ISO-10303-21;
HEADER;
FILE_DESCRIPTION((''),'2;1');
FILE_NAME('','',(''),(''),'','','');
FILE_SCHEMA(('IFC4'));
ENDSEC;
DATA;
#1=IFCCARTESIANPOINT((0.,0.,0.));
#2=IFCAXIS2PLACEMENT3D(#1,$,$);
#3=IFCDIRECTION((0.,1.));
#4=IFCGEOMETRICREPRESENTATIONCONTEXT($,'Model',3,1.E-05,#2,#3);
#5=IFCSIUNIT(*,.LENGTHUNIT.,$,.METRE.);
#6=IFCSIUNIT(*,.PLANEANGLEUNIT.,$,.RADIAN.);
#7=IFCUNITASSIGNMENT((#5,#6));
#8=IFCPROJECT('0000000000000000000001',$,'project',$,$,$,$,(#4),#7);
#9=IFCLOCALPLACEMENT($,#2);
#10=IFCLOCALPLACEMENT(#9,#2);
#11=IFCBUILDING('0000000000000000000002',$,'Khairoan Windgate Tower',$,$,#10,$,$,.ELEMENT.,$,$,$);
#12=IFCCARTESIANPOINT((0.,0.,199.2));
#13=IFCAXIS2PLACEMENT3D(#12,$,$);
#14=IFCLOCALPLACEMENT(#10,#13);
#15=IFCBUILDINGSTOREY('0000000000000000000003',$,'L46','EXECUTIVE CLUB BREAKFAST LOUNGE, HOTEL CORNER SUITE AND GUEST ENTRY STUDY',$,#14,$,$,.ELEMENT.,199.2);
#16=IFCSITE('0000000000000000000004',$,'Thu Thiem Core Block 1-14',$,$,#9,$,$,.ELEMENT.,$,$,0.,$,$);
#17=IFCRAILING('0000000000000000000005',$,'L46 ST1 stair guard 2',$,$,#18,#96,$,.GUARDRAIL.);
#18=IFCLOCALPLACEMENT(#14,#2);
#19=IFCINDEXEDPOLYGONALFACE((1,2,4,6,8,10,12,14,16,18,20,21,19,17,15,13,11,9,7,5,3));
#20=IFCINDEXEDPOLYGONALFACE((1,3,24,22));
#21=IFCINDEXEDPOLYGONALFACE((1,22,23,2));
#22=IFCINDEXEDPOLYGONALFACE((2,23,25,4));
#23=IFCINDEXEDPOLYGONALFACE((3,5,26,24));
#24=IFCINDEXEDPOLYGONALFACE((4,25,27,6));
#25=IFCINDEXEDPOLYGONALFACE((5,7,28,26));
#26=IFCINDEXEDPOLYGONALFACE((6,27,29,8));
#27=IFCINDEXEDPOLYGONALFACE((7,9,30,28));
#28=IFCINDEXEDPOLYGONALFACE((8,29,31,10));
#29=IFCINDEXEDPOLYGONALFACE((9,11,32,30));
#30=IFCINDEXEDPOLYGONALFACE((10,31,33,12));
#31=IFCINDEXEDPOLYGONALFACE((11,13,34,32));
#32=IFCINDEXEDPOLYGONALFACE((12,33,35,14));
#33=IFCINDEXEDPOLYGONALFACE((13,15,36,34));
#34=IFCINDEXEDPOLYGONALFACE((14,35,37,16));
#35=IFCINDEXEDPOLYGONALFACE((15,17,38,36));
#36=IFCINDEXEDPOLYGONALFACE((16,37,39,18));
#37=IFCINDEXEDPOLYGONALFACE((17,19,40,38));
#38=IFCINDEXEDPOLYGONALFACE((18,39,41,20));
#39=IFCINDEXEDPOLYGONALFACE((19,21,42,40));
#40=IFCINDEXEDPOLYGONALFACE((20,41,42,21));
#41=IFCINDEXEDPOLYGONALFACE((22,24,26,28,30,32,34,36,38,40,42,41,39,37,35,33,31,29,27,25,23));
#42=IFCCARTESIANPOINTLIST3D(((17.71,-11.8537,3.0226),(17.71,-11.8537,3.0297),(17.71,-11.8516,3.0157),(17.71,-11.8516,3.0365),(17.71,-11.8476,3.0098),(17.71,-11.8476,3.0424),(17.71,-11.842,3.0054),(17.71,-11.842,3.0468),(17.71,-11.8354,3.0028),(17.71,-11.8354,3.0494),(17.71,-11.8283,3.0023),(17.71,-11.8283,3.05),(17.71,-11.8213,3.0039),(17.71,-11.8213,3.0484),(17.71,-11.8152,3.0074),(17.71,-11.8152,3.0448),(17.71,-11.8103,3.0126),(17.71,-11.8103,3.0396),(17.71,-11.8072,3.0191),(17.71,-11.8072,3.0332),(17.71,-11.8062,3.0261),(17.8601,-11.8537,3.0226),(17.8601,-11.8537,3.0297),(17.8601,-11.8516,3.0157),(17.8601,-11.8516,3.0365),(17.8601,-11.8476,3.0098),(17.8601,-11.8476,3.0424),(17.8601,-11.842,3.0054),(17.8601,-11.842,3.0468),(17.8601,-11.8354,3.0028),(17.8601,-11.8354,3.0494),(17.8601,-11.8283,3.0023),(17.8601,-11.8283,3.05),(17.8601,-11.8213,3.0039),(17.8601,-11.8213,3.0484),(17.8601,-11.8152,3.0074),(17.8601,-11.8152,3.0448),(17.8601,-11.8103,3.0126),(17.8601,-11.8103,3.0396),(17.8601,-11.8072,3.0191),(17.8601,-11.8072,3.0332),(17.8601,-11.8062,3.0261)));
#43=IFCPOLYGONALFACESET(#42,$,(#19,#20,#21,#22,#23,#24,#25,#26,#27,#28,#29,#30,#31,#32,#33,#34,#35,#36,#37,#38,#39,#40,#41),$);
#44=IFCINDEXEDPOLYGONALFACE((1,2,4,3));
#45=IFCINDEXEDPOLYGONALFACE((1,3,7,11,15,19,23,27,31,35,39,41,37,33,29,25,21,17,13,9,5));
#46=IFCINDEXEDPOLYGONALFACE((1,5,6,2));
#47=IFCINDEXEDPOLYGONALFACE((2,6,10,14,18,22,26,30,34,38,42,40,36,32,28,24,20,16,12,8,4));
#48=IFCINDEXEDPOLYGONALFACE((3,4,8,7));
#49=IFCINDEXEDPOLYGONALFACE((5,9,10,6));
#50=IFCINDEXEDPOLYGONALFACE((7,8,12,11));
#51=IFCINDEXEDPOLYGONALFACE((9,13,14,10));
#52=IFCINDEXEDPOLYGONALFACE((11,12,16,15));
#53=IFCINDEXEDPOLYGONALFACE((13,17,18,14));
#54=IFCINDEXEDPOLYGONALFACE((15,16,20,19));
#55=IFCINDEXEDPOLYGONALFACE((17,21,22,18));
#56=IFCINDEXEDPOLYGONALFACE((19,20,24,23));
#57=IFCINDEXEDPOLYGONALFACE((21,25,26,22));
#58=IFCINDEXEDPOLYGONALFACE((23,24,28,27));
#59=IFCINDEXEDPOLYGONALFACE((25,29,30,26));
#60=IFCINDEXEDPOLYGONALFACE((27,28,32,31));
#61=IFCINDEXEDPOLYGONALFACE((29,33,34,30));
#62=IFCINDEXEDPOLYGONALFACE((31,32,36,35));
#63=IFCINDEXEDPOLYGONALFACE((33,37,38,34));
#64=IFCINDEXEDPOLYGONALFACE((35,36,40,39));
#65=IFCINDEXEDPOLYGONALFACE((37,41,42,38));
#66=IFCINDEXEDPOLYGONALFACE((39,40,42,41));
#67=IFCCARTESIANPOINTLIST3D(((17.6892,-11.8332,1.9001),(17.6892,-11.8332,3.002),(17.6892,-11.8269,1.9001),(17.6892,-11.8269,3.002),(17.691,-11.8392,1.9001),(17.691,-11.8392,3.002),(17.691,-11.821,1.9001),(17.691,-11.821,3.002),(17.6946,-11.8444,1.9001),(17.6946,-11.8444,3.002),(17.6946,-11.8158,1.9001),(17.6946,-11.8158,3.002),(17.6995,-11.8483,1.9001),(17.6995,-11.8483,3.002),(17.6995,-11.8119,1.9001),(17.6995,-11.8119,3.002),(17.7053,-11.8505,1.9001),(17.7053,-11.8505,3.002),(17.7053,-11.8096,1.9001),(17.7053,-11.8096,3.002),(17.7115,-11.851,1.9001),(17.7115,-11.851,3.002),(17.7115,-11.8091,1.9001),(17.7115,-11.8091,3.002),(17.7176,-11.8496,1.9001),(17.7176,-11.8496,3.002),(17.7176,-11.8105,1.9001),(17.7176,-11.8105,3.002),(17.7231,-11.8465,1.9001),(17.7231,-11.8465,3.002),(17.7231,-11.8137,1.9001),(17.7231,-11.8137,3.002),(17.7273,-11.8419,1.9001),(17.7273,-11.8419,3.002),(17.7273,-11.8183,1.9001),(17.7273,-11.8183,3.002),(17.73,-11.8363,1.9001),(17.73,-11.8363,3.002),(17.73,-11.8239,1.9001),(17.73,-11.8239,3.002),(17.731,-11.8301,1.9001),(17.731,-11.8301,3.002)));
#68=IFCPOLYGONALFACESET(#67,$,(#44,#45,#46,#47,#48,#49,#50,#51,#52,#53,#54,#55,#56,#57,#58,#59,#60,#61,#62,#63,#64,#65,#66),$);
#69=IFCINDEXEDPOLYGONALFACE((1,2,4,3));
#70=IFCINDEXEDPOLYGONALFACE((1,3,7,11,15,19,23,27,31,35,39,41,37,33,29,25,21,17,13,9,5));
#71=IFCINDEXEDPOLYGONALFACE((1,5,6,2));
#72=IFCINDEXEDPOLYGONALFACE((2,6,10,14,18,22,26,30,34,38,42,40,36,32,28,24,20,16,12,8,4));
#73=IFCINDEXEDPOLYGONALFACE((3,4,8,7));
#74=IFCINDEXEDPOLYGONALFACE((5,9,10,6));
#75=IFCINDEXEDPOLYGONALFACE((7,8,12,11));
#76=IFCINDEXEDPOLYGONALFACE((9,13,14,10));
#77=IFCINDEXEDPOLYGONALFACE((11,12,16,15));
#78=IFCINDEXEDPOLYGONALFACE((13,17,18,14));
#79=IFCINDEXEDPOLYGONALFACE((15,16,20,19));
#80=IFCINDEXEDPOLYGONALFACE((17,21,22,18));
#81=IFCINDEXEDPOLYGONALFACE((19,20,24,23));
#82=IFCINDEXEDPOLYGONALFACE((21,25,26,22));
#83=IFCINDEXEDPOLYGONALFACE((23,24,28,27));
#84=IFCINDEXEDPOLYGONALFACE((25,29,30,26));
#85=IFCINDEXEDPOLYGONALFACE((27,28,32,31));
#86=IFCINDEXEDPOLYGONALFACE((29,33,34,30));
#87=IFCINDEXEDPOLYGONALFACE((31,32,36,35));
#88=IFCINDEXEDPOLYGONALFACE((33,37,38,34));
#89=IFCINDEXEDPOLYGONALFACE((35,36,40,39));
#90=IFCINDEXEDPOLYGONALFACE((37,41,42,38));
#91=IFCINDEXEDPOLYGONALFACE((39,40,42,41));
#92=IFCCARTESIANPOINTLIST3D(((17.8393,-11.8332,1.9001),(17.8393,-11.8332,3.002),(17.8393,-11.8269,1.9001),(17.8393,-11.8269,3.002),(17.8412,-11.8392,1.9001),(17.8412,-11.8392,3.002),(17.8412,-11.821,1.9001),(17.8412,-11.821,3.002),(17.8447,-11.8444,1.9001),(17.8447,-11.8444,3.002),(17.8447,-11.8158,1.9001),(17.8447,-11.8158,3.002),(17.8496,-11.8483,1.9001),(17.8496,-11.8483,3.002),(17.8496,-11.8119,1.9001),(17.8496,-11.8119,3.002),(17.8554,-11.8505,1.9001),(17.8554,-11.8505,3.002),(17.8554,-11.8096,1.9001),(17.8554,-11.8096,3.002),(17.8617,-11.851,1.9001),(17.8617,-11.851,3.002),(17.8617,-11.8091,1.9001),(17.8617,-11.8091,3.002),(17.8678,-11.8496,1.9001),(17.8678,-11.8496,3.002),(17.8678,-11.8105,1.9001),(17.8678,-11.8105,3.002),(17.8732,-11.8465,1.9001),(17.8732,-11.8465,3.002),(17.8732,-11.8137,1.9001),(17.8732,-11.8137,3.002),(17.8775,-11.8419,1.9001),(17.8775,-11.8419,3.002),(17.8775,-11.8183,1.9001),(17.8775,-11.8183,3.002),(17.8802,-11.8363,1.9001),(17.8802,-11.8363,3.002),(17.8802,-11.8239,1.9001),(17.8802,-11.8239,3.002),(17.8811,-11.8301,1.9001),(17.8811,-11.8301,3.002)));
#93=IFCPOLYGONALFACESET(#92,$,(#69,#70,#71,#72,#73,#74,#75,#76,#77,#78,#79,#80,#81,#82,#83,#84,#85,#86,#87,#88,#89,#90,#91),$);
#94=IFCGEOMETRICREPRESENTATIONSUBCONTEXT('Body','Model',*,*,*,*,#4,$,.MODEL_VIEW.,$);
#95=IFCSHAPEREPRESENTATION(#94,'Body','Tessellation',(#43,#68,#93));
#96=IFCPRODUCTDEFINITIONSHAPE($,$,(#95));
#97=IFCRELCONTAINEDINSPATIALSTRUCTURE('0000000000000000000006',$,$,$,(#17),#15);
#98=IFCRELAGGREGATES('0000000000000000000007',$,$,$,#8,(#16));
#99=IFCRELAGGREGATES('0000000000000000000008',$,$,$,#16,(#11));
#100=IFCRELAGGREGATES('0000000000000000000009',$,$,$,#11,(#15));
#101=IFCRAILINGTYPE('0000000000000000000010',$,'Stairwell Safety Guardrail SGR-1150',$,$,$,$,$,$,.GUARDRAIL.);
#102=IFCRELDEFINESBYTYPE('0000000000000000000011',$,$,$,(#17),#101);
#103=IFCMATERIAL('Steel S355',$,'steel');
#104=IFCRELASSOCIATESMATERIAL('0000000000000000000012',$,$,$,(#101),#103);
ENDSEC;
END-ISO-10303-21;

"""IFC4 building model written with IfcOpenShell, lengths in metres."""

from ifc_helpers import new_model, si_unit, direction, frame, origin, origin_2d, place, context, subcontext, project, spatial, circle, extrude, material, type_object, element, save


model = new_model("IFC4")

# Units and contexts
model_context = context("Model", 3, precision=1e-05, world=origin(), true_north=direction((0.0, 1.0)))
body_context = subcontext(model_context, "Body", "Model", "MODEL_VIEW")
ifc_project = project(units=[si_unit("LENGTHUNIT", "METRE"), si_unit("PLANEANGLEUNIT", "RADIAN")], contexts=[model_context])

# Site, building, storey
site_placement = place(None, origin())
site = spatial("IfcSite", under=ifc_project, at=site_placement, Name="Thu Thiem Core Block 1-14", CompositionType="ELEMENT", RefElevation=0.0)
building_placement = place(site_placement, origin())
building = spatial("IfcBuilding", under=site, at=building_placement, Name="Khairoan Windgate Tower", CompositionType="ELEMENT")
storey_placement = place(building_placement, frame((0.0, 0.0, 199.2)))
storey = spatial("IfcBuildingStorey", under=building, at=storey_placement, Name="L46", Description="EXECUTIVE CLUB BREAKFAST LOUNGE, HOTEL CORNER SUITE AND GUEST ENTRY STUDY", CompositionType="ELEMENT", Elevation=199.2)

# Railing
ifc_material_1 = material(Name="Steel S355", Category="steel")
railing_type = type_object("IfcRailingType", Name="Stairwell Safety Guardrail SGR-1150", PredefinedType="GUARDRAIL", material=ifc_material_1)
railing_1_placement = place(storey_placement, frame((17.71, -11.8301, 1.9001)))
element("IfcRailing", 1, at=railing_1_placement, inside=storey, type_object=railing_type, Name="L46 ST1 stair guard 2", PredefinedType="GUARDRAIL", context=body_context, shape_type="SweptSolid", body=[
    extrude(circle(Radius=0.0239, at=origin_2d()), frame((0.0, 0.0, 1.126), z_axis=(1.0, 0.0, 0.0), x_axis=(0.0, 1.0, 0.0)), (0.0, 0.0, 1.0), 0.1501),
    extrude(circle(Radius=0.021, at=origin_2d()), origin(), (0.0, 0.0, 1.0), 1.1018),
    extrude(circle(Radius=0.021, at=origin_2d()), frame((0.1501, 0.0, 0.0)), (0.0, 0.0, 1.0), 1.1018),
])

save(model, "model.ifc")
